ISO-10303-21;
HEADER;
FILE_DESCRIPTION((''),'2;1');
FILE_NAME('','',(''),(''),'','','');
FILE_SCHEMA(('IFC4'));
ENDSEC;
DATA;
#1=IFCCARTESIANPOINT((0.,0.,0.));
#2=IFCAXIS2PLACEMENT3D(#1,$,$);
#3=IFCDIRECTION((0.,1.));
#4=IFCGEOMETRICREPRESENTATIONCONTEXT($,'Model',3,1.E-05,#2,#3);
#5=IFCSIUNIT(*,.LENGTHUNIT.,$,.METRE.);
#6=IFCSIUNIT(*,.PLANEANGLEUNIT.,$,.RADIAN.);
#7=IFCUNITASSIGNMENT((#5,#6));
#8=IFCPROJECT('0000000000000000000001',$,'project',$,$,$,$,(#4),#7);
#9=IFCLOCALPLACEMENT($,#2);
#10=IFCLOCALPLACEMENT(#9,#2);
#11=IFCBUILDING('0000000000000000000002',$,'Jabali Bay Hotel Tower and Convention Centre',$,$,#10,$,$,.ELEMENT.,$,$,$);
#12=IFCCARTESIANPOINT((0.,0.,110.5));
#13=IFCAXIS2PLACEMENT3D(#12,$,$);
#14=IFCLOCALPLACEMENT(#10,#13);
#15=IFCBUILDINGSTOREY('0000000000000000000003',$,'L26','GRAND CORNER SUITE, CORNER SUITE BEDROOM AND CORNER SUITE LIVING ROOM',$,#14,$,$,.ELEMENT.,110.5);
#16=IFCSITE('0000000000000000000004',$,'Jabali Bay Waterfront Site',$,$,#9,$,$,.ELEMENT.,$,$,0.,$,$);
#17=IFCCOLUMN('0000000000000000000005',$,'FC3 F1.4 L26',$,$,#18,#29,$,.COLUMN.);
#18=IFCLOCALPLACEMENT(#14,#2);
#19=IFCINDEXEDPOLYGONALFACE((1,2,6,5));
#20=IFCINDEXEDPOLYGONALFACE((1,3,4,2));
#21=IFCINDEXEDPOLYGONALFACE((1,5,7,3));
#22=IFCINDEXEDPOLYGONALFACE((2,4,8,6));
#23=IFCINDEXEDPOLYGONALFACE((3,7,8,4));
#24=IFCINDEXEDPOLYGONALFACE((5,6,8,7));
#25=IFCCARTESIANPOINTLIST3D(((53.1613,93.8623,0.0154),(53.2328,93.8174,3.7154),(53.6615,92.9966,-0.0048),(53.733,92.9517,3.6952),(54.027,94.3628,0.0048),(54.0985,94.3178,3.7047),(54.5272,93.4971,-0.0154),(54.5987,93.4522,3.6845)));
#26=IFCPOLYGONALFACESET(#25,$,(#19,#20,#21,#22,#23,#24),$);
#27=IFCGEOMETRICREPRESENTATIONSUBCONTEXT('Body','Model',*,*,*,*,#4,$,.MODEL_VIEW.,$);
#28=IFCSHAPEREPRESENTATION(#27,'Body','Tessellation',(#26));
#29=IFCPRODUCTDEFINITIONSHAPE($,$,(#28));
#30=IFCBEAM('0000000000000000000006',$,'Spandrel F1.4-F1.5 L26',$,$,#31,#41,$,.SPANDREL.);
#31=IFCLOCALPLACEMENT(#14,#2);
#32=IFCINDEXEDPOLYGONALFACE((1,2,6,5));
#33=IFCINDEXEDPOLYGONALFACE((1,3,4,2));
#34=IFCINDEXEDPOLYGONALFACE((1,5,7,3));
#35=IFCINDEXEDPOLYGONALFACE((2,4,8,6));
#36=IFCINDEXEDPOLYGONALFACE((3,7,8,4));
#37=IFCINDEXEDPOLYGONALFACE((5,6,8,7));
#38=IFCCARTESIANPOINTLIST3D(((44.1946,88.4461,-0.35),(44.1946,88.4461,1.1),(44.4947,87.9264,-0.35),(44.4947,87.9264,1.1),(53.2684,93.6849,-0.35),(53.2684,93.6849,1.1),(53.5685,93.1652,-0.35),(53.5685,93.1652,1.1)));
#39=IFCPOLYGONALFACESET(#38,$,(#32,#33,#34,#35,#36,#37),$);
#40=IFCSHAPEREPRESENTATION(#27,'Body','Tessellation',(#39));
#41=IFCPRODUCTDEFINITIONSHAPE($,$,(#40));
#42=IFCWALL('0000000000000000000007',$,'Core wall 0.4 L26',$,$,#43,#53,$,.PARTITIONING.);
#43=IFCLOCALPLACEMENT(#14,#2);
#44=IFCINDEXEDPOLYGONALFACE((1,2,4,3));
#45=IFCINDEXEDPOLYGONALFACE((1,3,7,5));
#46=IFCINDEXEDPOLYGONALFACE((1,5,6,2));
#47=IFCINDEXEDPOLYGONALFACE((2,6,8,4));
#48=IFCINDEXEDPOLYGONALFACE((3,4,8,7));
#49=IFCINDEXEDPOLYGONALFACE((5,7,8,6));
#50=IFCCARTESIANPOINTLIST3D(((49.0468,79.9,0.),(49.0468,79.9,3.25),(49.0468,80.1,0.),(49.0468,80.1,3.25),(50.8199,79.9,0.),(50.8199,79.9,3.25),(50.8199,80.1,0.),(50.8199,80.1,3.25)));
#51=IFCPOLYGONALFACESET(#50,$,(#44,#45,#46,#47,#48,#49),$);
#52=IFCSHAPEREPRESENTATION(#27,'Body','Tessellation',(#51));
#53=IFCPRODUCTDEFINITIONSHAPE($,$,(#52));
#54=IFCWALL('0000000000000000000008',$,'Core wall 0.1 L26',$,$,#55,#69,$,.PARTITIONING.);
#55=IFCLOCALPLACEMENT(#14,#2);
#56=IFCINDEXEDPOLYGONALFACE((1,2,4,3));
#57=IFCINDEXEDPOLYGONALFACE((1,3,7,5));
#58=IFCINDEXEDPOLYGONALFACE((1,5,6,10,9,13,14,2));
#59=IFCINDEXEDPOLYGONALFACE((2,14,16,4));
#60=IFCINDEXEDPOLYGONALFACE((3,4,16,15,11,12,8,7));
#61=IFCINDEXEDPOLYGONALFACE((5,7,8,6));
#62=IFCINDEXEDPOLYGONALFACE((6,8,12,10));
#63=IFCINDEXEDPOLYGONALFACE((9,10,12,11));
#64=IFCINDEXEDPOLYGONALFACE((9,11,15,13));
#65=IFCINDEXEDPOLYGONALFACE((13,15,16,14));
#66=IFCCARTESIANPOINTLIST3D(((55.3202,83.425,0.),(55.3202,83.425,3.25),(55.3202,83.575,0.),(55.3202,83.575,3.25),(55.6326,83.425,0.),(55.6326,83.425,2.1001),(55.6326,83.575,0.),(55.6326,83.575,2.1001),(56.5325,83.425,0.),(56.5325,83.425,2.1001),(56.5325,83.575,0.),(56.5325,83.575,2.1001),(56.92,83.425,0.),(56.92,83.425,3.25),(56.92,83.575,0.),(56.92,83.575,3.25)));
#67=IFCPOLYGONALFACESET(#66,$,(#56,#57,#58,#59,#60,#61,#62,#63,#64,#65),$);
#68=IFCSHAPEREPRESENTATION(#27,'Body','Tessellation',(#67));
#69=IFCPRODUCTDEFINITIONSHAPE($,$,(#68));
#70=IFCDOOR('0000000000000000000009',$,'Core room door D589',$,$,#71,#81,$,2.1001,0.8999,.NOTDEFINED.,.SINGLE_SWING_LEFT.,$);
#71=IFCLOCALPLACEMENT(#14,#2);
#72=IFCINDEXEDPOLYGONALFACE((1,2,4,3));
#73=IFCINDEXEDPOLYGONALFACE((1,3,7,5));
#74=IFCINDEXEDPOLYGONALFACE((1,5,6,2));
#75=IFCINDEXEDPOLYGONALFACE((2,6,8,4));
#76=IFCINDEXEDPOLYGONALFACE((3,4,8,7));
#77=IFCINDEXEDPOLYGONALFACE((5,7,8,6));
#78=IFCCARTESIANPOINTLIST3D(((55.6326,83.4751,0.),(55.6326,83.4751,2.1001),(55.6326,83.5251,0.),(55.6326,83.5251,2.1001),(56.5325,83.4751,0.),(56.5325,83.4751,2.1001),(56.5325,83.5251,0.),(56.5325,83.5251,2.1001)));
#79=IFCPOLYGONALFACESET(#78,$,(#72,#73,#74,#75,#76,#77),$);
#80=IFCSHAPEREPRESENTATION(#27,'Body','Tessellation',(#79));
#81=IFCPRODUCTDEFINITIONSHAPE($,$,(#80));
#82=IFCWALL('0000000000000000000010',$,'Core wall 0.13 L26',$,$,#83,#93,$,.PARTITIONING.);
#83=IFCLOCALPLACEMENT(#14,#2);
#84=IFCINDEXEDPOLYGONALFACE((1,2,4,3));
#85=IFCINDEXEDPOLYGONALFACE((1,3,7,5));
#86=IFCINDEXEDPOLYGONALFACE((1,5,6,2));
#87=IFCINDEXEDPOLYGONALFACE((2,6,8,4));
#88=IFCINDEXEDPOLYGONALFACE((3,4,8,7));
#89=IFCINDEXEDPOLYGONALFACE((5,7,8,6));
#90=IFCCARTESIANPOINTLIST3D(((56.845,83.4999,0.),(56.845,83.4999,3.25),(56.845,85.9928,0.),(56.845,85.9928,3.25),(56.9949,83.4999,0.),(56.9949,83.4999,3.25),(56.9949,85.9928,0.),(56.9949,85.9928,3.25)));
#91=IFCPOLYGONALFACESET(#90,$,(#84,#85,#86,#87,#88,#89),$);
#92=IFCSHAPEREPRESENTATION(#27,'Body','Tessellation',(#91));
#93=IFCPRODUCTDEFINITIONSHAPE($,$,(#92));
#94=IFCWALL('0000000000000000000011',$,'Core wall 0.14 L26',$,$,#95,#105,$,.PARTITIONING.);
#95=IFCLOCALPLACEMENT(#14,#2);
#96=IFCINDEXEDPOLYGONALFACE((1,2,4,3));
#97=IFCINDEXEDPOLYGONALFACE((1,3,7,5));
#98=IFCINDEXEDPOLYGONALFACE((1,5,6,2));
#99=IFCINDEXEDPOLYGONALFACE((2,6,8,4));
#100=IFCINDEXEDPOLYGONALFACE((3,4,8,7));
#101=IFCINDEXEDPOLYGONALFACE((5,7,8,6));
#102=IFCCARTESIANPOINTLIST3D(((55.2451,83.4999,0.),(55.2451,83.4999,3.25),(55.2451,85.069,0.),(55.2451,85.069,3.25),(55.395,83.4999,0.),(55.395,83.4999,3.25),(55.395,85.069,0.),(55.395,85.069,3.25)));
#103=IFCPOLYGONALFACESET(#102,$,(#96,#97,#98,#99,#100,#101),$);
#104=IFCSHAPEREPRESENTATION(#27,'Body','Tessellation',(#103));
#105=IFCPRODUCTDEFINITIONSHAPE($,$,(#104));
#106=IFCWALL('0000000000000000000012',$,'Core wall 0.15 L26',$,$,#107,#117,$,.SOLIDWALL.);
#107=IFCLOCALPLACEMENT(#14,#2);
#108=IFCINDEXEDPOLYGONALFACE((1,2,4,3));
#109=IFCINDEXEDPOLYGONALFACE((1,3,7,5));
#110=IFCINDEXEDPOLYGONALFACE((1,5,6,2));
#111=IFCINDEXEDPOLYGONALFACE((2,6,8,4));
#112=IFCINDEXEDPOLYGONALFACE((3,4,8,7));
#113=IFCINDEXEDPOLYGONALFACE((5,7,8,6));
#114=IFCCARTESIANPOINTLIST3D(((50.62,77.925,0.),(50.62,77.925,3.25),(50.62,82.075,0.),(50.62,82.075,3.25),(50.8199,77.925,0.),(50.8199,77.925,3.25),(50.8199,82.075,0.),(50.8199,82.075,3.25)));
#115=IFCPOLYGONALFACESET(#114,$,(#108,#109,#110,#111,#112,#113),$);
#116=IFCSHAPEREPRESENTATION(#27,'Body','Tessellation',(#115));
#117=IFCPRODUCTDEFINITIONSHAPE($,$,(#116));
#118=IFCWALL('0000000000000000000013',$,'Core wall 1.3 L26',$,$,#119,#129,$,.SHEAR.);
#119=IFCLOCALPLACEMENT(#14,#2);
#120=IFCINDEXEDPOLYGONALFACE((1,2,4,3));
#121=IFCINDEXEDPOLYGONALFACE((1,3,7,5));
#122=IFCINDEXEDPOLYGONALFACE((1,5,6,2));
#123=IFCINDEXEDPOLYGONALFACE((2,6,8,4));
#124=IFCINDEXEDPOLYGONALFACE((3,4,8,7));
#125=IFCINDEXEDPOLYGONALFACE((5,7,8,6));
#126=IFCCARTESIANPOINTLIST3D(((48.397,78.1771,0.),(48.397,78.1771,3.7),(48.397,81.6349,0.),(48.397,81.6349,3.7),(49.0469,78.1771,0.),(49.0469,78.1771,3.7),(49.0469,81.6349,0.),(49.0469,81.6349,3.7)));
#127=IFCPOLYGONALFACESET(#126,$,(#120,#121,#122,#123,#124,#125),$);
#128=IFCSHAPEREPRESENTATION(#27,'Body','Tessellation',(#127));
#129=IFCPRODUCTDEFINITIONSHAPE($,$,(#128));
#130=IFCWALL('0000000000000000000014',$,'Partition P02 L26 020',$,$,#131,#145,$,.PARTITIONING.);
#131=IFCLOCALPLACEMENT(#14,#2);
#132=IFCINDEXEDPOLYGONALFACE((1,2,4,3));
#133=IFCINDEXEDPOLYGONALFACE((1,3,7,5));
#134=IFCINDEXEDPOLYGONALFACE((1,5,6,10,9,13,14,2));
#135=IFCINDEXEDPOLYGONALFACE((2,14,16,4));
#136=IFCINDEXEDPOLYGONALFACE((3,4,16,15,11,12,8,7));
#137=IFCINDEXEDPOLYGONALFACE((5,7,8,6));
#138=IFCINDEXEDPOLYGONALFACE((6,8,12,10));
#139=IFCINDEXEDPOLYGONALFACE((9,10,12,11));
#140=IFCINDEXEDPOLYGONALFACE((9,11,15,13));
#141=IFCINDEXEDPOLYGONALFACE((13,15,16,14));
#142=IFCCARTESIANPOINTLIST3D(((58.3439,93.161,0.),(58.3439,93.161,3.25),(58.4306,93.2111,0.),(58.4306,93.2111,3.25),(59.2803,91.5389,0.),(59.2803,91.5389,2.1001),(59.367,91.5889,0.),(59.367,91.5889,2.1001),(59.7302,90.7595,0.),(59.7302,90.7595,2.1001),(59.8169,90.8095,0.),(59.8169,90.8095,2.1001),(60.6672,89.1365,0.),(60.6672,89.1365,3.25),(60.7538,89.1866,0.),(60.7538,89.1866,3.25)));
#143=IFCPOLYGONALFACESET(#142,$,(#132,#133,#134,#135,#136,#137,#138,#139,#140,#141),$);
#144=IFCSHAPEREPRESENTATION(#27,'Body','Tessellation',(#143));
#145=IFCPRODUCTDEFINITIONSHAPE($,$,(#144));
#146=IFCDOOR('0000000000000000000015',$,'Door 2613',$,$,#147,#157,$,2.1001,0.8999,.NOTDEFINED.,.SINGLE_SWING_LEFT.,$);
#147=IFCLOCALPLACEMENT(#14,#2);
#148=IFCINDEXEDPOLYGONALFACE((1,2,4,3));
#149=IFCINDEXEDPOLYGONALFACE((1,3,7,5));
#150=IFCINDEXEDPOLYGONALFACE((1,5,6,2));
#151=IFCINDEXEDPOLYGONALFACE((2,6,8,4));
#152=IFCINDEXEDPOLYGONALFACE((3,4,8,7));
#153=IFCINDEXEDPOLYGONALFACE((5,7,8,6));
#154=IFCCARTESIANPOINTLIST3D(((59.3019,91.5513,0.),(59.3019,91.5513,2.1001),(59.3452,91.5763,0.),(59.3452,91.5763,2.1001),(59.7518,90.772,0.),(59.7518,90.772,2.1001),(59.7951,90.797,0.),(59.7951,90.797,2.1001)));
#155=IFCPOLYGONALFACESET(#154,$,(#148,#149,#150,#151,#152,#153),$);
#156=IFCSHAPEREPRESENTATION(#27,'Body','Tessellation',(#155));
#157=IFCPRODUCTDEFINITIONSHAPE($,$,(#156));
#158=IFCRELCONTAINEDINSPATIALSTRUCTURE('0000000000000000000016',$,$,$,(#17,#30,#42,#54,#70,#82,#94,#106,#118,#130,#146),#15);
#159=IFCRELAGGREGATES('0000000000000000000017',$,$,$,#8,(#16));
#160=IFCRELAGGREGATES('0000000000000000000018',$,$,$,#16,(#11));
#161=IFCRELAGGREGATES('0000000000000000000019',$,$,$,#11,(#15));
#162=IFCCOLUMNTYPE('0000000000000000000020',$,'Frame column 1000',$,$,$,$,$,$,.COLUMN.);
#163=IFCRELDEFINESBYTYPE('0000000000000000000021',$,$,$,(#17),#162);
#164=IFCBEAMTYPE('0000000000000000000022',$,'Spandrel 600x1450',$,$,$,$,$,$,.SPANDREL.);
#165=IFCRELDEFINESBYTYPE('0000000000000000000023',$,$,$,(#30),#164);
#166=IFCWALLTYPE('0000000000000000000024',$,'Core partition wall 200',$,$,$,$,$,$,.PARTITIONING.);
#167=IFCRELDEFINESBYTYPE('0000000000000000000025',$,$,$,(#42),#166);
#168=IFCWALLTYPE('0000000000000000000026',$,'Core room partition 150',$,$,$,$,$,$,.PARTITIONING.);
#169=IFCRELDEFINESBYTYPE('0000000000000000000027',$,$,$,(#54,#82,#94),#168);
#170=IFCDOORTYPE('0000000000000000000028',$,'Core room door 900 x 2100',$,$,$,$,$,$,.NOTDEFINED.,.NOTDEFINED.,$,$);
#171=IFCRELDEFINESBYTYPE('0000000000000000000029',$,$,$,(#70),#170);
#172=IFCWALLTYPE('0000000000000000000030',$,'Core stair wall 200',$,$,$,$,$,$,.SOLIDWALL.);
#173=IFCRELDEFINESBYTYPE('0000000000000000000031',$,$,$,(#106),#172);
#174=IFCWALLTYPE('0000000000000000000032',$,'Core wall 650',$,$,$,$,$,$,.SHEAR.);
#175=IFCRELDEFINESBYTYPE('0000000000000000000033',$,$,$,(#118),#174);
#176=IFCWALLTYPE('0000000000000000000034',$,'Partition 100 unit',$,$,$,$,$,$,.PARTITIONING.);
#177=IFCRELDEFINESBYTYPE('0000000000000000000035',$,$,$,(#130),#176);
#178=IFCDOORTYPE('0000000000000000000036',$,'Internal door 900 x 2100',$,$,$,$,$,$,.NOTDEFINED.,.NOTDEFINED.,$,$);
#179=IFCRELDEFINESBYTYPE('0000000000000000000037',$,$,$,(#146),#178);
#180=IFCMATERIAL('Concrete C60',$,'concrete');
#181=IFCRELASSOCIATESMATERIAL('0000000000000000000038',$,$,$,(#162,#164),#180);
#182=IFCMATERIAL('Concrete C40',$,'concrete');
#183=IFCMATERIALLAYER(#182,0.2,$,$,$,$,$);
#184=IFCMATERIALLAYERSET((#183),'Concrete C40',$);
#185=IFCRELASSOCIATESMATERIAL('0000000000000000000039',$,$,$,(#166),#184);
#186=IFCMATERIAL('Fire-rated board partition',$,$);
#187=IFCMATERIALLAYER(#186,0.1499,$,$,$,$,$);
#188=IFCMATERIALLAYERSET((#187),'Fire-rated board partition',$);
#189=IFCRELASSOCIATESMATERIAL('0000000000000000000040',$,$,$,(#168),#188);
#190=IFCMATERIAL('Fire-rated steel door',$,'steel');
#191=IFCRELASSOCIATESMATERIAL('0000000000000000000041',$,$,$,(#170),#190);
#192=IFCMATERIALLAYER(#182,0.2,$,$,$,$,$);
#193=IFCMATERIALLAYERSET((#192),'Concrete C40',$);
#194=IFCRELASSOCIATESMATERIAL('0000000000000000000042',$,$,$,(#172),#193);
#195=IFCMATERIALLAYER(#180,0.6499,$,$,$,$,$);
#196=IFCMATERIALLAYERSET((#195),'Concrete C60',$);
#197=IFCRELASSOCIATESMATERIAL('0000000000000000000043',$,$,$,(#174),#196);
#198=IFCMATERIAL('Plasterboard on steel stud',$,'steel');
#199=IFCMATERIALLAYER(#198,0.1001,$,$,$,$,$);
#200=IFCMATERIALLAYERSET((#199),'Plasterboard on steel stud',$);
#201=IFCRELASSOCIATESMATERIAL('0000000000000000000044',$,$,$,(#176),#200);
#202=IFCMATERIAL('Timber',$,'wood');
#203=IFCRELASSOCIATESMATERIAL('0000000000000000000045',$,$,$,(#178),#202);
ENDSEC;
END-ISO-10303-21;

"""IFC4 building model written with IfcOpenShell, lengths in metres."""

from ifc_helpers import new_model, si_unit, direction, frame, frame_2d, origin, origin_2d, place, context, subcontext, project, spatial, rectangle, extrude, material, layer, layer_set, material_profile, profile_set, type_object, element, fill, save


model = new_model("IFC4")

# Units and contexts
model_context = context("Model", 3, precision=1e-05, world=origin(), true_north=direction((0.0, 1.0)))
body_context = subcontext(model_context, "Body", "Model", "MODEL_VIEW")
ifc_project = project(units=[si_unit("LENGTHUNIT", "METRE"), si_unit("PLANEANGLEUNIT", "RADIAN")], contexts=[model_context])

# Site, building, storey
site_placement = place(None, origin())
site = spatial("IfcSite", under=ifc_project, at=site_placement, Name="Jabali Bay Waterfront Site", CompositionType="ELEMENT", RefElevation=0.0)
building_placement = place(site_placement, origin())
building = spatial("IfcBuilding", under=site, at=building_placement, Name="Jabali Bay Hotel Tower and Convention Centre", CompositionType="ELEMENT")
storey_placement = place(building_placement, frame((0.0, 0.0, 110.5)))
storey = spatial("IfcBuildingStorey", under=building, at=storey_placement, Name="L26", Description="GRAND CORNER SUITE, CORNER SUITE BEDROOM AND CORNER SUITE LIVING ROOM", CompositionType="ELEMENT", Elevation=110.5)

# Column
ifc_material_1 = material(Name="Concrete C60", Category="concrete")
ifc_material_profile_1 = material_profile(ifc_material_1, rectangle(XDim=1.0, YDim=1.0, at=origin_2d()), Name="Frame column 1000")
ifc_profile_set_1 = profile_set([ifc_material_profile_1], Name="Concrete C60")
column_type = type_object("IfcColumnType", Name="Frame column 1000", PredefinedType="COLUMN", material=ifc_profile_set_1)
column_placement = place(storey_placement, frame((53.8442, 93.6797, 0.0), z_axis=(0.019329, -0.012138, 0.99974), x_axis=(-0.500214, 0.865666, 0.020181)))
element("IfcColumn", 1, at=column_placement, inside=storey, type_object=column_type, Name="FC3 F1.4 L26", PredefinedType="COLUMN", context=body_context, shape_type="SweptSolid", body=[
    extrude(rectangle(XDim=1.0, YDim=1.0, at=origin_2d()), origin(), (0.0, 0.0, 1.0), 3.7009),
])

# Beam
ifc_material_profile_2 = material_profile(ifc_material_1, rectangle(XDim=0.6001, YDim=1.45, at=origin_2d()), Name="Spandrel 600x1450")
ifc_profile_set_2 = profile_set([ifc_material_profile_2], Name="Concrete C60")
beam_type = type_object("IfcBeamType", Name="Spandrel 600x1450", PredefinedType="SPANDREL", material=ifc_profile_set_2)
beam_placement = place(storey_placement, frame((53.4185, 93.425, 0.375), z_axis=(-0.866023, -0.500003, 0.0), x_axis=(0.500003, -0.866023, 0.0)))
element("IfcBeam", 2, at=beam_placement, inside=storey, type_object=beam_type, Name="Spandrel F1.4-F1.5 L26", PredefinedType="SPANDREL", context=body_context, shape_type="SweptSolid", body=[
    extrude(rectangle(XDim=0.6001, YDim=1.45, at=origin_2d()), origin(), (0.0, 0.0, 1.0), 10.4775),
])

# Wall
ifc_material_2 = material(Name="Concrete C40", Category="concrete")
ifc_layer_1 = layer(ifc_material_2, 0.2)
ifc_layer_set_1 = layer_set([ifc_layer_1], Name="Concrete C40")
wall_type_1 = type_object("IfcWallType", Name="Core partition wall 200", PredefinedType="PARTITIONING", material=ifc_layer_set_1)
wall_1_placement = place(storey_placement, frame((50.8201, 80.0, 0.0), z_axis=(0.0, 0.0, 1.0), x_axis=(-1.0, 0.0, 0.0)))
element("IfcWall", 3, at=wall_1_placement, inside=storey, type_object=wall_type_1, Name="Core wall 0.4 L26", PredefinedType="PARTITIONING", context=body_context, shape_type="SweptSolid", body=[
    extrude(rectangle(XDim=1.7732, YDim=0.2, at=frame_2d((0.8867, 0.0))), origin(), (0.0, 0.0, 1.0), 3.25),
])

# Wall, opening, door
ifc_material_3 = material(Name="Fire-rated board partition")
ifc_layer_2 = layer(ifc_material_3, 0.1499)
ifc_layer_set_2 = layer_set([ifc_layer_2], Name="Fire-rated board partition")
wall_type_2 = type_object("IfcWallType", Name="Core room partition 150", PredefinedType="PARTITIONING", material=ifc_layer_set_2)
wall_2_placement = place(storey_placement, frame((56.9199, 83.5, 0.0), z_axis=(0.0, 0.0, 1.0), x_axis=(-1.0, 0.0, 0.0)))
wall_2 = element("IfcWall", 4, at=wall_2_placement, inside=storey, type_object=wall_type_2, Name="Core wall 0.1 L26", PredefinedType="PARTITIONING", context=body_context, shape_type="SweptSolid", body=[
    extrude(rectangle(XDim=1.5999, YDim=0.1499, at=frame_2d((0.7998, 0.0))), origin(), (0.0, 0.0, 1.0), 3.25),
])
opening_1_placement = place(wall_2_placement, frame((0.3875, 0.0, 0.0)))
opening_1 = element("IfcOpeningElement", 5, at=opening_1_placement, cuts=wall_2, PredefinedType="OPENING", context=body_context, shape_type="SweptSolid", body=[
    extrude(rectangle(XDim=0.8999, YDim=2.1001, at=frame_2d((0.45, 1.05))), frame((0.0, 0.0854, 0.0), z_axis=(0.0, -1.0, 0.0), x_axis=(1.0, 0.0, 0.0)), (0.0, 0.0, 1.0), 0.1709),
])
ifc_material_4 = material(Name="Fire-rated steel door", Category="steel")
door_type_1 = type_object("IfcDoorType", Name="Core room door 900 x 2100", OperationType="NOTDEFINED", PredefinedType="NOTDEFINED", material=ifc_material_4)
door_1_placement = place(opening_1_placement, origin())
door_1 = element("IfcDoor", 6, at=door_1_placement, inside=storey, type_object=door_type_1, Name="Core room door D589", OperationType="SINGLE_SWING_LEFT", OverallHeight=2.1001, OverallWidth=0.8999, PredefinedType="NOTDEFINED", context=body_context, shape_type="SweptSolid", body=[
    extrude(rectangle(XDim=0.8999, YDim=2.1001, at=frame_2d((0.45, 1.05))), frame((0.0, 0.0249, 0.0), z_axis=(0.0, -1.0, 0.0), x_axis=(1.0, 0.0, 0.0)), (0.0, 0.0, 1.0), 0.05),
])
fill(opening_1, door_1)

# Walls
wall_3_placement = place(storey_placement, frame((56.9199, 85.9929, 0.0), z_axis=(0.0, 0.0, 1.0), x_axis=(0.0, -1.0, 0.0)))
element("IfcWall", 7, at=wall_3_placement, inside=storey, type_object=wall_type_2, Name="Core wall 0.13 L26", PredefinedType="PARTITIONING", context=body_context, shape_type="SweptSolid", body=[
    extrude(rectangle(XDim=2.4929, YDim=0.1499, at=frame_2d((1.2466, 0.0))), origin(), (0.0, 0.0, 1.0), 3.25),
])
wall_4_placement = place(storey_placement, frame((55.3201, 85.0691, 0.0), z_axis=(0.0, 0.0, 1.0), x_axis=(0.0, -1.0, 0.0)))
element("IfcWall", 8, at=wall_4_placement, inside=storey, type_object=wall_type_2, Name="Core wall 0.14 L26", PredefinedType="PARTITIONING", context=body_context, shape_type="SweptSolid", body=[
    extrude(rectangle(XDim=1.5691, YDim=0.1499, at=frame_2d((0.7847, 0.0))), origin(), (0.0, 0.0, 1.0), 3.25),
])
ifc_layer_3 = layer(ifc_material_2, 0.2)
ifc_layer_set_3 = layer_set([ifc_layer_3], Name="Concrete C40")
wall_type_3 = type_object("IfcWallType", Name="Core stair wall 200", PredefinedType="SOLIDWALL", material=ifc_layer_set_3)
wall_5_placement = place(storey_placement, frame((50.72, 82.075, 0.0), z_axis=(0.0, 0.0, 1.0), x_axis=(0.0, -1.0, 0.0)))
element("IfcWall", 9, at=wall_5_placement, inside=storey, type_object=wall_type_3, Name="Core wall 0.15 L26", PredefinedType="SOLIDWALL", context=body_context, shape_type="SweptSolid", body=[
    extrude(rectangle(XDim=4.1499, YDim=0.2, at=frame_2d((2.075, 0.0))), origin(), (0.0, 0.0, 1.0), 3.25),
])
ifc_layer_4 = layer(ifc_material_1, 0.6499)
ifc_layer_set_4 = layer_set([ifc_layer_4], Name="Concrete C60")
wall_type_4 = type_object("IfcWallType", Name="Core wall 650", PredefinedType="SHEAR", material=ifc_layer_set_4)
wall_6_placement = place(storey_placement, frame((48.7219, 81.635, 0.0), z_axis=(0.0, 0.0, 1.0), x_axis=(0.0, -1.0, 0.0)))
element("IfcWall", 10, at=wall_6_placement, inside=storey, type_object=wall_type_4, Name="Core wall 1.3 L26", PredefinedType="SHEAR", context=body_context, shape_type="SweptSolid", body=[
    extrude(rectangle(XDim=3.4578, YDim=0.6499, at=frame_2d((1.729, 0.0))), origin(), (0.0, 0.0, 1.0), 3.7),
])

# Wall, opening, door
ifc_material_5 = material(Name="Plasterboard on steel stud", Category="steel")
ifc_layer_5 = layer(ifc_material_5, 0.1001)
ifc_layer_set_5 = layer_set([ifc_layer_5], Name="Plasterboard on steel stud")
wall_type_5 = type_object("IfcWallType", Name="Partition 100 unit", PredefinedType="PARTITIONING", material=ifc_layer_set_5)
wall_7_placement = place(storey_placement, frame((58.3872, 93.186, 0.0), z_axis=(0.0, 0.0, 1.0), x_axis=(0.499959, -0.866049, 0.0)))
wall_7 = element("IfcWall", 11, at=wall_7_placement, inside=storey, type_object=wall_type_5, Name="Partition P02 L26 020", PredefinedType="PARTITIONING", context=body_context, shape_type="SweptSolid", body=[
    extrude(rectangle(XDim=4.647, YDim=0.1001, at=frame_2d((2.3235, 0.0))), origin(), (0.0, 0.0, 1.0), 3.25),
])
opening_2_placement = place(wall_7_placement, frame((1.873, 0.0, 0.0)))
opening_2 = element("IfcOpeningElement", 12, at=opening_2_placement, cuts=wall_7, PredefinedType="OPENING", context=body_context, shape_type="SweptSolid", body=[
    extrude(rectangle(XDim=0.8999, YDim=2.1001, at=frame_2d((0.45, 1.05))), frame((0.0, 0.0605, 0.0), z_axis=(0.0, -1.0, 0.0), x_axis=(1.0, 0.0, 0.0)), (0.0, 0.0, 1.0), 0.1211),
])
ifc_material_6 = material(Name="Timber", Category="wood")
door_type_2 = type_object("IfcDoorType", Name="Internal door 900 x 2100", OperationType="NOTDEFINED", PredefinedType="NOTDEFINED", material=ifc_material_6)
door_2_placement = place(opening_2_placement, origin())
door_2 = element("IfcDoor", 13, at=door_2_placement, inside=storey, type_object=door_type_2, Name="Door 2613", OperationType="SINGLE_SWING_LEFT", OverallHeight=2.1001, OverallWidth=0.8999, PredefinedType="NOTDEFINED", context=body_context, shape_type="SweptSolid", body=[
    extrude(rectangle(XDim=0.8999, YDim=2.1001, at=frame_2d((0.45, 1.05))), frame((0.0, 0.0249, 0.0), z_axis=(0.0, -1.0, 0.0), x_axis=(1.0, 0.0, 0.0)), (0.0, 0.0, 1.0), 0.05),
])
fill(opening_2, door_2)

save(model, "model.ifc")
